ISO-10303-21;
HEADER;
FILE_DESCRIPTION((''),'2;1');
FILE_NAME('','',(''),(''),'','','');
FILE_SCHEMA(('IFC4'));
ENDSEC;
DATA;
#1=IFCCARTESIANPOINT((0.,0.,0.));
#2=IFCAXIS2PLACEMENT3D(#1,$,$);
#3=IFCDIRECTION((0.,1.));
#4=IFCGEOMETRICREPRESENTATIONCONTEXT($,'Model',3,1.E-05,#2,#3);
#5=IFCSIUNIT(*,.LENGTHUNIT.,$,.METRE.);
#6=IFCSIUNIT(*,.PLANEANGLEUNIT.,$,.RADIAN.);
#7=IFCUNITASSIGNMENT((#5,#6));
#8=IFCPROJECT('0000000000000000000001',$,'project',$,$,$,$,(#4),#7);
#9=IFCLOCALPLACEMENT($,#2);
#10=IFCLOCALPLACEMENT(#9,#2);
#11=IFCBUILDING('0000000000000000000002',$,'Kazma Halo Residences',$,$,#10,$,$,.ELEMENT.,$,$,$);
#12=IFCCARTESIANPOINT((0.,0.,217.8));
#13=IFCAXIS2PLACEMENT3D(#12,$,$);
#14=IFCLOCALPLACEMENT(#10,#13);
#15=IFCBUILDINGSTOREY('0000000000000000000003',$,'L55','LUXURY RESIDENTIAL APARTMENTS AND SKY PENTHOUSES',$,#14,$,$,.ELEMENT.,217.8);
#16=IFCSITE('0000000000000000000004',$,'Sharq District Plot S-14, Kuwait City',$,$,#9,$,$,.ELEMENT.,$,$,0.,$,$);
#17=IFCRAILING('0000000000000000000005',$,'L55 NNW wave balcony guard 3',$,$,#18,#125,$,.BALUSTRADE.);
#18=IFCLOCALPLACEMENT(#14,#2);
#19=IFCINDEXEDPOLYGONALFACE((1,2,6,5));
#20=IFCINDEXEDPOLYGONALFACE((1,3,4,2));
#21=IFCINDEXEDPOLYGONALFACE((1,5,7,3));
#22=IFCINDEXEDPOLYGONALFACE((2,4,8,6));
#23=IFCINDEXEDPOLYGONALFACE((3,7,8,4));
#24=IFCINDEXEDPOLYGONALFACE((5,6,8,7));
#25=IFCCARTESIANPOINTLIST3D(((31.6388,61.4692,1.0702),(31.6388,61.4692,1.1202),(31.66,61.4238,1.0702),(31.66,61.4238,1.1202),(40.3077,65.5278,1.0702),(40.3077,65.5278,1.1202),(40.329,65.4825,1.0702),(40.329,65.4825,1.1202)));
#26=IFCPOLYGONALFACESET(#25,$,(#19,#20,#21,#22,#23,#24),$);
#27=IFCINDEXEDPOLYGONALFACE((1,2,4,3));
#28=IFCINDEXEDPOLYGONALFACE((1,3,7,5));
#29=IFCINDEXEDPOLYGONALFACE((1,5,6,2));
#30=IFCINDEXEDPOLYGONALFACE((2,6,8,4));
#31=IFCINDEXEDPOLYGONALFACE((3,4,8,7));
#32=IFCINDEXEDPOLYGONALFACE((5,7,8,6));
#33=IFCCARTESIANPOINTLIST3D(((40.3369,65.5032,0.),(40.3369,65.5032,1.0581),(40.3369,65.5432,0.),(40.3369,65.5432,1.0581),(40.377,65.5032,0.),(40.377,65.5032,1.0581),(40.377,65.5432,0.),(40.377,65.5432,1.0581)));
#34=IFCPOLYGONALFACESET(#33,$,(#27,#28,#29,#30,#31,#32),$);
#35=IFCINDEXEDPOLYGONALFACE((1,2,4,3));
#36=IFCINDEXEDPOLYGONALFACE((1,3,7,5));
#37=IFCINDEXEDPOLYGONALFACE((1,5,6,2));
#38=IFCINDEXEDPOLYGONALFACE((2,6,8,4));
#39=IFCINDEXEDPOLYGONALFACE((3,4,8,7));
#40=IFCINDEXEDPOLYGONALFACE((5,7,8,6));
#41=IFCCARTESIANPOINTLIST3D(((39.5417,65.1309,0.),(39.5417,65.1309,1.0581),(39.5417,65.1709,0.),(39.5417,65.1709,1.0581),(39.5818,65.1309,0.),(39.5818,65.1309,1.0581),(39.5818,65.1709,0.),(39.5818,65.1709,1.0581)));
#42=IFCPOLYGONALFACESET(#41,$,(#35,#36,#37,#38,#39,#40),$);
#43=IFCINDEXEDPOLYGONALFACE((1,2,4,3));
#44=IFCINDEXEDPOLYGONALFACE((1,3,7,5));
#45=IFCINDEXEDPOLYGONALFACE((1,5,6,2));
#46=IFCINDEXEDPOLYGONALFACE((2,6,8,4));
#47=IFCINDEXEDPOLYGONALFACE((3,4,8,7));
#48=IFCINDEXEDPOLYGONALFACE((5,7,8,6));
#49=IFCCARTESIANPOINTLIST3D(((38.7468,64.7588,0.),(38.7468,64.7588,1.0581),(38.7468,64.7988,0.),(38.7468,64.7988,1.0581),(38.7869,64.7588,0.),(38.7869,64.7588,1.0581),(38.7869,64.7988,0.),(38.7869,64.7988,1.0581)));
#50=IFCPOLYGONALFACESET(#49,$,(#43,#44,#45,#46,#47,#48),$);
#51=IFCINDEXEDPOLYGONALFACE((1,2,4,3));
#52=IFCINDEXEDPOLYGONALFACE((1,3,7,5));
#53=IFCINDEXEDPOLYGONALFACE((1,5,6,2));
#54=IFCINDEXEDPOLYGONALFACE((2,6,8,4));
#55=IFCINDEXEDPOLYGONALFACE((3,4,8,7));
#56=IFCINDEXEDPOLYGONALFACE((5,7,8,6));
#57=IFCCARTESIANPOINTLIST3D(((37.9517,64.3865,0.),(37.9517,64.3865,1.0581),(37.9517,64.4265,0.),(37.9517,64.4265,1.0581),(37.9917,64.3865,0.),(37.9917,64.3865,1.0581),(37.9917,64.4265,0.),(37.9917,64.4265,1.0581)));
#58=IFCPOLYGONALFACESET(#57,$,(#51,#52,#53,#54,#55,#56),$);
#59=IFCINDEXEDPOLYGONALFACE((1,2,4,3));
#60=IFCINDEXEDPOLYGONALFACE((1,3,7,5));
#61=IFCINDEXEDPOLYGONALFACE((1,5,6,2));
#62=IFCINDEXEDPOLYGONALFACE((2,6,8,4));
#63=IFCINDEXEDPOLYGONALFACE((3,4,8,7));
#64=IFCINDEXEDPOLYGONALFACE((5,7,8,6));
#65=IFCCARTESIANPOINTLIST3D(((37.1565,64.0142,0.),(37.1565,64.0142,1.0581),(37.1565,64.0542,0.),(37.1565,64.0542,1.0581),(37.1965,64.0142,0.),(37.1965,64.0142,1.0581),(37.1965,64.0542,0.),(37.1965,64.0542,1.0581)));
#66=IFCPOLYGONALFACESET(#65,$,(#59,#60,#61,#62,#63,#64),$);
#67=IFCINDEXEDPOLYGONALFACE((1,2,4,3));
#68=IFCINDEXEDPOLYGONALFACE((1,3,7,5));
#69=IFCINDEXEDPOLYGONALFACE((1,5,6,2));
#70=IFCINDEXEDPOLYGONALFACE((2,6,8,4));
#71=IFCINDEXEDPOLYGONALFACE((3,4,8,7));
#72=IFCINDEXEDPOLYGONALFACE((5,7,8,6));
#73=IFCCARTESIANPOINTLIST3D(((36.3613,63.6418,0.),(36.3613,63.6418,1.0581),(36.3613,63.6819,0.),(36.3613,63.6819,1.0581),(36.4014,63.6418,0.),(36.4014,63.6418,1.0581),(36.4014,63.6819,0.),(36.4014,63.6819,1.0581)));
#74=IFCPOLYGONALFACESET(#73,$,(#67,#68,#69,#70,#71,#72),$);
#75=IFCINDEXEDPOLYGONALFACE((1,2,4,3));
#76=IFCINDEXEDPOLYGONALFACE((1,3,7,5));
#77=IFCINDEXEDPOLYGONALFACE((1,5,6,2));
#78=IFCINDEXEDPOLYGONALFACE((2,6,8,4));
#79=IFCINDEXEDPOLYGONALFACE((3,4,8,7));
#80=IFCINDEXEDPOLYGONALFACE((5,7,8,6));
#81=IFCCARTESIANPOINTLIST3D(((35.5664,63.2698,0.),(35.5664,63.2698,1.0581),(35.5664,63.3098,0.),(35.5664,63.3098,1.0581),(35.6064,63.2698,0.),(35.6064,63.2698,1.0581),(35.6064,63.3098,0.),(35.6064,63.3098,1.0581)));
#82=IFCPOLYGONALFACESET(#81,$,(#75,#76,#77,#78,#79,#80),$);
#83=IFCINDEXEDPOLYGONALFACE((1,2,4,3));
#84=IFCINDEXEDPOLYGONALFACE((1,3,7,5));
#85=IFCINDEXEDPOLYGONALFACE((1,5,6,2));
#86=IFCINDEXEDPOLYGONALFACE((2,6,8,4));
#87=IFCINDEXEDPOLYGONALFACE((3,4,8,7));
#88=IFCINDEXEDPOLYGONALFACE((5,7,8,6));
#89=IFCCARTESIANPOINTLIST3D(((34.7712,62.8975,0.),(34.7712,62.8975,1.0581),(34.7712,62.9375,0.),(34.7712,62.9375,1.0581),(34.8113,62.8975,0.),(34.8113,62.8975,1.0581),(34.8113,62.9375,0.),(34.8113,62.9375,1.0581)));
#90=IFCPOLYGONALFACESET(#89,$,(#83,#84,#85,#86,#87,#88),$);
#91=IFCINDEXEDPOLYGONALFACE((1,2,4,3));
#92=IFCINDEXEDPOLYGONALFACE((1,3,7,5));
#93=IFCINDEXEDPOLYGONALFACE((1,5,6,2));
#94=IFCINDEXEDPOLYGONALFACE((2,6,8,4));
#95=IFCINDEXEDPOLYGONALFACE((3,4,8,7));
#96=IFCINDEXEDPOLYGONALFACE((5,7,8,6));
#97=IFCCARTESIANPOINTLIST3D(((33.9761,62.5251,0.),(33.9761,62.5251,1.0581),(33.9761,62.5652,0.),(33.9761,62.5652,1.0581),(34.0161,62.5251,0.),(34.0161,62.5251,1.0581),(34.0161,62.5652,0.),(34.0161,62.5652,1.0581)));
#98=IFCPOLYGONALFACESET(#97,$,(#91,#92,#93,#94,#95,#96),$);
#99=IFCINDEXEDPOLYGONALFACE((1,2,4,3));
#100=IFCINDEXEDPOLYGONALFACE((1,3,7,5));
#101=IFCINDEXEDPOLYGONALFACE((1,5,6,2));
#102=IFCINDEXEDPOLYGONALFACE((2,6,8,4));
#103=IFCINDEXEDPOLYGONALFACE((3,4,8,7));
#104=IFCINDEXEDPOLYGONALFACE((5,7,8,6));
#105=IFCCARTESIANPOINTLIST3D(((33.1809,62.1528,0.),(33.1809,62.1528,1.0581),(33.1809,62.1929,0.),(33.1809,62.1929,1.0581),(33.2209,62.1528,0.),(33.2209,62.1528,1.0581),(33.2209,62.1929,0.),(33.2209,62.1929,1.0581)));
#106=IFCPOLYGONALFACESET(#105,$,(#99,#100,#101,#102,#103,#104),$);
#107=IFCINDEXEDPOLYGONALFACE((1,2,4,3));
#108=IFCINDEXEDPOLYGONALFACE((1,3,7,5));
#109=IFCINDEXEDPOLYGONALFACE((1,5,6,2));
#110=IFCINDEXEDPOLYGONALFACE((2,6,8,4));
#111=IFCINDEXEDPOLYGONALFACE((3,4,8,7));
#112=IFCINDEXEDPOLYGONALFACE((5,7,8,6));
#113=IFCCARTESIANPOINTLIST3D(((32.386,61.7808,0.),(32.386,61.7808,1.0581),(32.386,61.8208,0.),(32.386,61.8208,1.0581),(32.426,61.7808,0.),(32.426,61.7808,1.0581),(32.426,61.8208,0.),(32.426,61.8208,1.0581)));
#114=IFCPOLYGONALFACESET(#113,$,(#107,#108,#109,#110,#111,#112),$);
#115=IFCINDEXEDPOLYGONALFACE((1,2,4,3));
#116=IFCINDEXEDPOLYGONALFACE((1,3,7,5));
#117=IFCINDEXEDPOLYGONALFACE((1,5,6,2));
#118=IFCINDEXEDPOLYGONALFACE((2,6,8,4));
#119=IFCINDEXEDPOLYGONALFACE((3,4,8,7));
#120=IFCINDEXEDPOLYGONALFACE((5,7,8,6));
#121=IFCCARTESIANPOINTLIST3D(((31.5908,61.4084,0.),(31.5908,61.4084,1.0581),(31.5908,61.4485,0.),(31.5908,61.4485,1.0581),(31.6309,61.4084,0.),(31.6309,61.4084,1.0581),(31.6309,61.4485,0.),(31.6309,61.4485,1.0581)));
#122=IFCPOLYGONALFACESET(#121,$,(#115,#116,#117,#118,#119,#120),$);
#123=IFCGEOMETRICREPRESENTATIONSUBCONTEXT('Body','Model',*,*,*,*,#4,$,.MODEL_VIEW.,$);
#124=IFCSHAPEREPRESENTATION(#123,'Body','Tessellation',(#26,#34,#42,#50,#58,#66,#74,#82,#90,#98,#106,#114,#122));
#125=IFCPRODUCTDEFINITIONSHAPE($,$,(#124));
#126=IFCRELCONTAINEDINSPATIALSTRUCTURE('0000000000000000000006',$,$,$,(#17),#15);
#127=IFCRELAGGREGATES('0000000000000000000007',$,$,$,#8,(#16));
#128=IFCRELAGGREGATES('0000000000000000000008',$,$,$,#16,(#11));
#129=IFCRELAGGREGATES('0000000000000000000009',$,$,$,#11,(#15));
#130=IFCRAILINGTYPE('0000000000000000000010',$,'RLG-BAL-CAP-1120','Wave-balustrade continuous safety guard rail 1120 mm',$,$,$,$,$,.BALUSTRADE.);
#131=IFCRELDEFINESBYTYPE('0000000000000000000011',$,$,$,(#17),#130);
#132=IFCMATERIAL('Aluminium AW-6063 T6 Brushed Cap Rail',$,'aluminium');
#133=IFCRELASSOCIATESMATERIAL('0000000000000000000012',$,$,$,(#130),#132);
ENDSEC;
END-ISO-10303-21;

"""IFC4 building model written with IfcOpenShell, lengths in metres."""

from ifc_helpers import new_model, si_unit, direction, frame, origin, origin_2d, place, context, subcontext, project, spatial, rectangle, extrude, material, type_object, element, save


model = new_model("IFC4")

# Units and contexts
model_context = context("Model", 3, precision=1e-05, world=origin(), true_north=direction((0.0, 1.0)))
body_context = subcontext(model_context, "Body", "Model", "MODEL_VIEW")
ifc_project = project(units=[si_unit("LENGTHUNIT", "METRE"), si_unit("PLANEANGLEUNIT", "RADIAN")], contexts=[model_context])

# Site, building, storey
site_placement = place(None, origin())
site = spatial("IfcSite", under=ifc_project, at=site_placement, Name="Sharq District Plot S-14, Kuwait City", CompositionType="ELEMENT", RefElevation=0.0)
building_placement = place(site_placement, origin())
building = spatial("IfcBuilding", under=site, at=building_placement, Name="Kazma Halo Residences", CompositionType="ELEMENT")
storey_placement = place(building_placement, frame((0.0, 0.0, 217.8)))
storey = spatial("IfcBuildingStorey", under=building, at=storey_placement, Name="L55", Description="LUXURY RESIDENTIAL APARTMENTS AND SKY PENTHOUSES", CompositionType="ELEMENT", Elevation=217.8)

# Railing
ifc_material_1 = material(Name="Aluminium AW-6063 T6 Brushed Cap Rail", Category="aluminium")
railing_type = type_object("IfcRailingType", Name="RLG-BAL-CAP-1120", Description="Wave-balustrade continuous safety guard rail 1120 mm", PredefinedType="BALUSTRADE", material=ifc_material_1)
railing_placement = place(storey_placement, frame((40.3569, 65.5232, 0.0)))
element("IfcRailing", 1, at=railing_placement, inside=storey, type_object=railing_type, Name="L55 NNW wave balcony guard 3", PredefinedType="BALUSTRADE", context=body_context, shape_type="SweptSolid", body=[
    extrude(rectangle(XDim=0.05, YDim=0.05, at=origin_2d()), frame((-0.0386, -0.0181, 1.0952), z_axis=(-0.905658, -0.424009, 0.0), x_axis=(0.424009, -0.905658, 0.0)), (0.0, 0.0, 1.0), 9.572),
    extrude(rectangle(XDim=0.04, YDim=0.04, at=origin_2d()), origin(), (0.0, 0.0, 1.0), 1.0581),
    extrude(rectangle(XDim=0.04, YDim=0.04, at=origin_2d()), frame((-0.7952, -0.3723, 0.0)), (0.0, 0.0, 1.0), 1.0581),
    extrude(rectangle(XDim=0.04, YDim=0.04, at=origin_2d()), frame((-1.5901, -0.7444, 0.0)), (0.0, 0.0, 1.0), 1.0581),
    extrude(rectangle(XDim=0.04, YDim=0.04, at=origin_2d()), frame((-2.3853, -1.1167, 0.0)), (0.0, 0.0, 1.0), 1.0581),
    extrude(rectangle(XDim=0.04, YDim=0.04, at=origin_2d()), frame((-3.1804, -1.489, 0.0)), (0.0, 0.0, 1.0), 1.0581),
    extrude(rectangle(XDim=0.04, YDim=0.04, at=origin_2d()), frame((-3.9756, -1.8613, 0.0)), (0.0, 0.0, 1.0), 1.0581),
    extrude(rectangle(XDim=0.04, YDim=0.04, at=origin_2d()), frame((-4.7705, -2.2334, 0.0)), (0.0, 0.0, 1.0), 1.0581),
    extrude(rectangle(XDim=0.04, YDim=0.04, at=origin_2d()), frame((-5.5657, -2.6057, 0.0)), (0.0, 0.0, 1.0), 1.0581),
    extrude(rectangle(XDim=0.04, YDim=0.04, at=origin_2d()), frame((-6.3608, -2.978, 0.0)), (0.0, 0.0, 1.0), 1.0581),
    extrude(rectangle(XDim=0.04, YDim=0.04, at=origin_2d()), frame((-7.156, -3.3503, 0.0)), (0.0, 0.0, 1.0), 1.0581),
    extrude(rectangle(XDim=0.04, YDim=0.04, at=origin_2d()), frame((-7.9509, -3.7224, 0.0)), (0.0, 0.0, 1.0), 1.0581),
    extrude(rectangle(XDim=0.04, YDim=0.04, at=origin_2d()), frame((-8.7461, -4.0947, 0.0)), (0.0, 0.0, 1.0), 1.0581),
])

save(model, "model.ifc")
